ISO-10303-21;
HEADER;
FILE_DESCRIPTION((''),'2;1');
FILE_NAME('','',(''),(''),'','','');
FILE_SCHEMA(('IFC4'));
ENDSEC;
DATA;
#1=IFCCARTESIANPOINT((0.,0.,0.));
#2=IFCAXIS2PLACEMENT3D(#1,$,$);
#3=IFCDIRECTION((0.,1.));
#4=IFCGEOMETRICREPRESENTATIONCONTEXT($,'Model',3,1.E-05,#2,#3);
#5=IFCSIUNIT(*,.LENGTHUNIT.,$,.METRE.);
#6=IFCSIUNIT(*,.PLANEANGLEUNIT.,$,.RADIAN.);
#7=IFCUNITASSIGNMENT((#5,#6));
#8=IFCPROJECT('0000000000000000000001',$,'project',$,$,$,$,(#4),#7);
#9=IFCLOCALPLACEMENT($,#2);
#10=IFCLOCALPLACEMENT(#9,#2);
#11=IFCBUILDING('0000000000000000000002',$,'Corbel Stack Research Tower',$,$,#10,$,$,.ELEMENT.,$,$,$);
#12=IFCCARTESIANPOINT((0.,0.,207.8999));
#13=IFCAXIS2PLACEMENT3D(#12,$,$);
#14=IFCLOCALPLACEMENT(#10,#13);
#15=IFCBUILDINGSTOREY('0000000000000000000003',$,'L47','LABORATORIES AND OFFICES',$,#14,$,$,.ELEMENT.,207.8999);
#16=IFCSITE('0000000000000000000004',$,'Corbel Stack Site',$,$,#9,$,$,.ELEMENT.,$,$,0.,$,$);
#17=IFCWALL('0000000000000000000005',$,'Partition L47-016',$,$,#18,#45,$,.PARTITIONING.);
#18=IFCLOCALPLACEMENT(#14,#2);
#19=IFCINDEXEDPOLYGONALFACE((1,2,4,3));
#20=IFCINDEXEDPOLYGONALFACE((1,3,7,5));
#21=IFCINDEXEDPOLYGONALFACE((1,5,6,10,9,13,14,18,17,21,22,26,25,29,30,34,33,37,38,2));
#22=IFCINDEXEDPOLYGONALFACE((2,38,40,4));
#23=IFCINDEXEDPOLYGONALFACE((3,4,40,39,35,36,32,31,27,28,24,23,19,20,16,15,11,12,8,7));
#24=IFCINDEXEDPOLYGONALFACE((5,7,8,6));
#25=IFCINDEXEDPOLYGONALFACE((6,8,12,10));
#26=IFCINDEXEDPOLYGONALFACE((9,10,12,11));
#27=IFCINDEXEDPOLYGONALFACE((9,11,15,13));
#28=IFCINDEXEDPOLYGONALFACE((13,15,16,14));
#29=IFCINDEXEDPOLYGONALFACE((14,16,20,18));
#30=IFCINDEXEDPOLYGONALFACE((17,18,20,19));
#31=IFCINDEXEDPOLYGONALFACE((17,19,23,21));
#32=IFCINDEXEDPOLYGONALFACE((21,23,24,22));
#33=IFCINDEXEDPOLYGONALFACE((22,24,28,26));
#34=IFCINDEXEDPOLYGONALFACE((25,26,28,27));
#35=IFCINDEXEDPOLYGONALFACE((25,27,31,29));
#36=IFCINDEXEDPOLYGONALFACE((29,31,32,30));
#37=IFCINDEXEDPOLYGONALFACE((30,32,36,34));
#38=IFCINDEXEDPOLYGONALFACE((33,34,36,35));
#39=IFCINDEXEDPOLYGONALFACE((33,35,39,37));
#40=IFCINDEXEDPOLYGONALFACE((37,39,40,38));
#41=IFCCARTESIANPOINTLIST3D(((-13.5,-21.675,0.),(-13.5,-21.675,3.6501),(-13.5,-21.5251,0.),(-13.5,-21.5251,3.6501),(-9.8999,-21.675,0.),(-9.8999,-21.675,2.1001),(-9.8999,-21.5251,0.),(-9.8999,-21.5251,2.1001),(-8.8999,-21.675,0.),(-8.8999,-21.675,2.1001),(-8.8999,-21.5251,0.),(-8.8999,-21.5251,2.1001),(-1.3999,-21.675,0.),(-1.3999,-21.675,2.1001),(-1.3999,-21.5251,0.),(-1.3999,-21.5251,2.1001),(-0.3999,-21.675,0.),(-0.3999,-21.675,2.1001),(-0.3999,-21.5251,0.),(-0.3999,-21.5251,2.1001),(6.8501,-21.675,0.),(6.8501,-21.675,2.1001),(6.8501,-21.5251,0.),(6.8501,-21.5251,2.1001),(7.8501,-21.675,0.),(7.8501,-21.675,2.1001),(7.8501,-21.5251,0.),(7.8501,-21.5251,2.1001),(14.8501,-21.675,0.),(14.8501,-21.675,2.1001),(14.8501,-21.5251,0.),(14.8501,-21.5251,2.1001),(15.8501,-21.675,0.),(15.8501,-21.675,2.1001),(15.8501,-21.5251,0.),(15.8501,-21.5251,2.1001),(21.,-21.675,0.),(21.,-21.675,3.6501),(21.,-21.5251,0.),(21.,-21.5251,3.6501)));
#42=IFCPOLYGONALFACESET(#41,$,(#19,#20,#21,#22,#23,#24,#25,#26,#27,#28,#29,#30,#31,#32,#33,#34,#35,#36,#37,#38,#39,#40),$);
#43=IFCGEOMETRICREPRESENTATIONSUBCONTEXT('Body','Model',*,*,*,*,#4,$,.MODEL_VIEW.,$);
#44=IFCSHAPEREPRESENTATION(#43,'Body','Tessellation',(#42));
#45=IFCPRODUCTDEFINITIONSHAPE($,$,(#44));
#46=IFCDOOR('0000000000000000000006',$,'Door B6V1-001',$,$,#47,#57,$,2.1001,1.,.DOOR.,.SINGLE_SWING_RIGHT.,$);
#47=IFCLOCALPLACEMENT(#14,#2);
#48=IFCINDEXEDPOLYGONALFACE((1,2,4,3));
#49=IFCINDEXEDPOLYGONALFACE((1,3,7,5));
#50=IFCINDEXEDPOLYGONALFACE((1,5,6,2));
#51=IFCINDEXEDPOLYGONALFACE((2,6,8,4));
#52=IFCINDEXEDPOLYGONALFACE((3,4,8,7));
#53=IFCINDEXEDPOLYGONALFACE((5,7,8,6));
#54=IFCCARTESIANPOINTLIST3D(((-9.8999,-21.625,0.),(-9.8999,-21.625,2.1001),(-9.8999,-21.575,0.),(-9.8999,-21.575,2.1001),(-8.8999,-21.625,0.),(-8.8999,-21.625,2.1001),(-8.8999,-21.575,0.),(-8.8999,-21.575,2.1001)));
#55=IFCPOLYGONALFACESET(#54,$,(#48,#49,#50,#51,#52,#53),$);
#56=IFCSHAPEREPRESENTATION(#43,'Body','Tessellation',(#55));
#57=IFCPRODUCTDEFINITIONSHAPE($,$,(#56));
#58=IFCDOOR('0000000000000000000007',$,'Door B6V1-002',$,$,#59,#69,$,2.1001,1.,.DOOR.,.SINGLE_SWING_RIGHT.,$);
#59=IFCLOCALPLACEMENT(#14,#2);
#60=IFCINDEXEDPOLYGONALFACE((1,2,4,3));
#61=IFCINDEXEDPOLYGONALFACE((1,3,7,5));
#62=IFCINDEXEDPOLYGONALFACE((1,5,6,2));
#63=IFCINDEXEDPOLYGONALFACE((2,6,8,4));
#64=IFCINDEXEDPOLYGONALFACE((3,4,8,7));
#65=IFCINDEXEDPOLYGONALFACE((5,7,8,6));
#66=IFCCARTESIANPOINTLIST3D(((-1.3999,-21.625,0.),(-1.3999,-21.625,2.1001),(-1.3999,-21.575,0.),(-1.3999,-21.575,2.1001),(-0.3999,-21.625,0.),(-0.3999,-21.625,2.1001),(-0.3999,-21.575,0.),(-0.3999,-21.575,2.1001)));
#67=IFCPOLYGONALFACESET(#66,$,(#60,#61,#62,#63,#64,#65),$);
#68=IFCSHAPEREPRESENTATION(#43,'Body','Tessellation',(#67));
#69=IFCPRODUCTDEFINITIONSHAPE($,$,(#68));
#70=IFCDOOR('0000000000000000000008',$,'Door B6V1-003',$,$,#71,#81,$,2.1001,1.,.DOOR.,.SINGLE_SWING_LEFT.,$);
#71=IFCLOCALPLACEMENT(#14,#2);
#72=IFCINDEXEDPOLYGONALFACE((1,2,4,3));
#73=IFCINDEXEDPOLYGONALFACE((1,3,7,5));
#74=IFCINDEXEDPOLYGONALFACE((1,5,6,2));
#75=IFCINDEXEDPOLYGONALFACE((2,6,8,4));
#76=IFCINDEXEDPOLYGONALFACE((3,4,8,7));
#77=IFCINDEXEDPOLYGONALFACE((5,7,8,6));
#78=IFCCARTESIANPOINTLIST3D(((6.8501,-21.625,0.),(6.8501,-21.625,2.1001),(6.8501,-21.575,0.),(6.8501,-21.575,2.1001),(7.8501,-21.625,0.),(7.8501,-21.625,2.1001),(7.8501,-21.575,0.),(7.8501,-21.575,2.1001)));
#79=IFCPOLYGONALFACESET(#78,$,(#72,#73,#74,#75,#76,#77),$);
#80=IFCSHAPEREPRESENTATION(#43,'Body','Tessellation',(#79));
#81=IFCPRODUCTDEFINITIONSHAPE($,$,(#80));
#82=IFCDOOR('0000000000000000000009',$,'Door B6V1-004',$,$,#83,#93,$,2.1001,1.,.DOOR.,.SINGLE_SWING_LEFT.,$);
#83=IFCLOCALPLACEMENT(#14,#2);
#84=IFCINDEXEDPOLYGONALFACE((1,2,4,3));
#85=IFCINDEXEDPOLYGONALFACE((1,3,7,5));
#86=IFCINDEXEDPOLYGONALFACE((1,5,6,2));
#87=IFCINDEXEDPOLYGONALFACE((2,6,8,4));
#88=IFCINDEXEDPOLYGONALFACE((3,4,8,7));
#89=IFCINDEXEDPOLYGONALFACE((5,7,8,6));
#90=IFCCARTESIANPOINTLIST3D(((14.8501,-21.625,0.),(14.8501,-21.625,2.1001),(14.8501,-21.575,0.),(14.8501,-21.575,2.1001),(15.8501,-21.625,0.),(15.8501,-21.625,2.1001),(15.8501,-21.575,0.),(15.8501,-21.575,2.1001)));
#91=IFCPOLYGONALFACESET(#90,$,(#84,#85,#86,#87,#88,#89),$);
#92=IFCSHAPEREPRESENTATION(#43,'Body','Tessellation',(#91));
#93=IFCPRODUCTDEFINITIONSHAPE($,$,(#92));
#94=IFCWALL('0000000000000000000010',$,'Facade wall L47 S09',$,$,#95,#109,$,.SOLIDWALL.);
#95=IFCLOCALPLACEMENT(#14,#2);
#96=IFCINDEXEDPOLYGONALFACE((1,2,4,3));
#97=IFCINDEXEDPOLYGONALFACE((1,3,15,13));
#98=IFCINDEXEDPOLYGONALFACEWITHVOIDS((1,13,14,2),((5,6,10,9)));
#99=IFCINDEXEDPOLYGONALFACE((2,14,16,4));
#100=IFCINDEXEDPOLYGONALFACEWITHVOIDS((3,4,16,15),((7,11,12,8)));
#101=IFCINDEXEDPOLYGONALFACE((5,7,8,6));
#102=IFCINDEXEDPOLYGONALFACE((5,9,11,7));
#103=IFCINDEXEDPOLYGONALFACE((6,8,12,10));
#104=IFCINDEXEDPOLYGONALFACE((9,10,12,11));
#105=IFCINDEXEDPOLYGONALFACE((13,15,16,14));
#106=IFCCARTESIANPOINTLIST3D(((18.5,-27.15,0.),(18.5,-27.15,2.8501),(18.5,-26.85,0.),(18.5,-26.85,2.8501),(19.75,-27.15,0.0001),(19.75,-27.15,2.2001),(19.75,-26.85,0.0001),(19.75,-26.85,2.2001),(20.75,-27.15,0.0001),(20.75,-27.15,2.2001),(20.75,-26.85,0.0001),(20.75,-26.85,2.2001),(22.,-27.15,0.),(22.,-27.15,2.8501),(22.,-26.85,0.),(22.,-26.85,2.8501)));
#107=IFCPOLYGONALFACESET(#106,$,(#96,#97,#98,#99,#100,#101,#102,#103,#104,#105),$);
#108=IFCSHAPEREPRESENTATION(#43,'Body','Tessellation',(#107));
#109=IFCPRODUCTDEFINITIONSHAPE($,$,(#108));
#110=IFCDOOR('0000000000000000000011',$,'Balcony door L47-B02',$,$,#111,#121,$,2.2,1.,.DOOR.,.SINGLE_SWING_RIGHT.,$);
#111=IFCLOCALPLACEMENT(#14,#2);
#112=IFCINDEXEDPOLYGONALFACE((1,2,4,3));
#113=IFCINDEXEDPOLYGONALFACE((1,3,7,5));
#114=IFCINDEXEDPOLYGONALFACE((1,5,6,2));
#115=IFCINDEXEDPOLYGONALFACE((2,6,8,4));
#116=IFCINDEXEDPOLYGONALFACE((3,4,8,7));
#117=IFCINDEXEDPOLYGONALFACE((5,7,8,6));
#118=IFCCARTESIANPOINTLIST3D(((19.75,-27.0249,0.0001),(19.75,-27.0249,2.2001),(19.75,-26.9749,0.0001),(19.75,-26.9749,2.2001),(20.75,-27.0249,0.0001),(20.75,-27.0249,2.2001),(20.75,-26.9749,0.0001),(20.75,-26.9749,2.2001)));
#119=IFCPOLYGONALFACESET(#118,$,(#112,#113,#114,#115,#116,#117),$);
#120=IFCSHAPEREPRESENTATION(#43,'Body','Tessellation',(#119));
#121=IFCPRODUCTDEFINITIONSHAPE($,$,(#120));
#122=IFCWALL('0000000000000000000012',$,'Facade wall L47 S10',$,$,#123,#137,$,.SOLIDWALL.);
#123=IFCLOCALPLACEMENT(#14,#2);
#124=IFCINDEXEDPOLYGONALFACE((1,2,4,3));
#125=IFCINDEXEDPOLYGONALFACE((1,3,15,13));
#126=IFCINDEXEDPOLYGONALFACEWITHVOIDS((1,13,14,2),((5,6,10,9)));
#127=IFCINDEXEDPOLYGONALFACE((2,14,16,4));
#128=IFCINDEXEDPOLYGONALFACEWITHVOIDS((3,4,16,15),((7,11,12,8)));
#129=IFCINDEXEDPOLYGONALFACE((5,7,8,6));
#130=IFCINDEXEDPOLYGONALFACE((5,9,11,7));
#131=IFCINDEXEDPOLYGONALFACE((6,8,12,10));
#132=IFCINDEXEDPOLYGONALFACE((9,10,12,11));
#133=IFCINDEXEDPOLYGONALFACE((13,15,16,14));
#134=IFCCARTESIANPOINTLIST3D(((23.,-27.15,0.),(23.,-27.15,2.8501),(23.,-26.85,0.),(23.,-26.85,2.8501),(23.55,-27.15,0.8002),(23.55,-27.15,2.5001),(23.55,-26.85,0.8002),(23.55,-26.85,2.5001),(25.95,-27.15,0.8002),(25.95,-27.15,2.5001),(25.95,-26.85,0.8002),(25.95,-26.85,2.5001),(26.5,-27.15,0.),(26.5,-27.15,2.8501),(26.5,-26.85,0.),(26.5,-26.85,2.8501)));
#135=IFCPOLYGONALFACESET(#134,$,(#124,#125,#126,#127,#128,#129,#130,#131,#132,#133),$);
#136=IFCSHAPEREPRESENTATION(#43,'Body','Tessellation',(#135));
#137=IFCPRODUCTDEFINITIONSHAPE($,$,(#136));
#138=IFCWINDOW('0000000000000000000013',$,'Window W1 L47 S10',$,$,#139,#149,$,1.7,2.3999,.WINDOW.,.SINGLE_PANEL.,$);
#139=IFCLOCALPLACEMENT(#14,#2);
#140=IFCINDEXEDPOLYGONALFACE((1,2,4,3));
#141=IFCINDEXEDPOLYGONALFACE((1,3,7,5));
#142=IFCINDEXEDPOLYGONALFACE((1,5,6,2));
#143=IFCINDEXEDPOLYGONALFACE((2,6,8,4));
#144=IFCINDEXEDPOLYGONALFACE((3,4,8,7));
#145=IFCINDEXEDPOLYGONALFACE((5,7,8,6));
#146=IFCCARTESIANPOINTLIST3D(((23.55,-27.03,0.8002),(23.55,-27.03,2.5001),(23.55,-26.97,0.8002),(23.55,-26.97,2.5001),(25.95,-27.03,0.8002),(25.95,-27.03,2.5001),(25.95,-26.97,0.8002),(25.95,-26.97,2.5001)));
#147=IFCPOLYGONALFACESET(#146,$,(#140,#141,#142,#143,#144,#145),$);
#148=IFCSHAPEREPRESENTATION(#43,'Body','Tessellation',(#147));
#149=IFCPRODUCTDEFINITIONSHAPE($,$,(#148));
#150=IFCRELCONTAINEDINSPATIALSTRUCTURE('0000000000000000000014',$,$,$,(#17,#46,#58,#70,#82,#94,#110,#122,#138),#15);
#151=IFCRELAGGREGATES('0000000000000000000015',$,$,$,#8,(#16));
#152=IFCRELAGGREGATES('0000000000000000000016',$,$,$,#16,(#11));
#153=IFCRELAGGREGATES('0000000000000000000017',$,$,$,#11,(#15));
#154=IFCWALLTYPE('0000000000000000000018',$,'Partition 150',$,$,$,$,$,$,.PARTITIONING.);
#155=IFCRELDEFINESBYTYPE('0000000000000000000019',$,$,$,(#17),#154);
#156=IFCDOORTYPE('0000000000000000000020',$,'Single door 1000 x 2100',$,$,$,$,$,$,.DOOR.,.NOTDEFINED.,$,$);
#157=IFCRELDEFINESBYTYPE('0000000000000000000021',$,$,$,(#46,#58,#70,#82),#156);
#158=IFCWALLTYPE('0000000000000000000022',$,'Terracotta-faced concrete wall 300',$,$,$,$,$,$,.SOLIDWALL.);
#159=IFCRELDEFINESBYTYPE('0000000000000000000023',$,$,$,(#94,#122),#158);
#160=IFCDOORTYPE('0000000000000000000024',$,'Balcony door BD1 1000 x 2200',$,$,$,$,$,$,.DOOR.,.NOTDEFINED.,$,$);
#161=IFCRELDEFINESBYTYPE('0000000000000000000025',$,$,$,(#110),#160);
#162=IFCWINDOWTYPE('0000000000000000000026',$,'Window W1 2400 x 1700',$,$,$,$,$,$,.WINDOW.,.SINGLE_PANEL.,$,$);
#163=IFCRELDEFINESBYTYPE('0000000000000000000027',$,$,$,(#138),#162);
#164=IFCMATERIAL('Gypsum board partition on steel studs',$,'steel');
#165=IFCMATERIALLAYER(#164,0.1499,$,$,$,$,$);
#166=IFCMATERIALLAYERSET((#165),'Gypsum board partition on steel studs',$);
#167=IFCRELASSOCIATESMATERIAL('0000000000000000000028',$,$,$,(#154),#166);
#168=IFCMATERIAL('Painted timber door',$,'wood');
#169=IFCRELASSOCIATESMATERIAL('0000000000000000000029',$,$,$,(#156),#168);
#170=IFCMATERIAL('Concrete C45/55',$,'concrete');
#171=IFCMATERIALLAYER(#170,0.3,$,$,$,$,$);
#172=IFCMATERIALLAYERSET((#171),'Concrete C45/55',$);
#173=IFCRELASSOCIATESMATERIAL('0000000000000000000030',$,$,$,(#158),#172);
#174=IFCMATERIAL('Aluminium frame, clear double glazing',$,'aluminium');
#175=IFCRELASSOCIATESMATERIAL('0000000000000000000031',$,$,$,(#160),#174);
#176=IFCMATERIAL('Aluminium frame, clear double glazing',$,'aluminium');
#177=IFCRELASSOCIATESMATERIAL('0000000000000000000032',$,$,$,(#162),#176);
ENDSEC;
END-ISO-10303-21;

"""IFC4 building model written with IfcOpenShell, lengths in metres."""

from ifc_helpers import new_model, si_unit, direction, frame, frame_2d, origin, place, context, subcontext, project, spatial, rectangle, extrude, material, layer, layer_set, type_object, element, fill, save


model = new_model("IFC4")

# Units and contexts
model_context = context("Model", 3, precision=1e-05, world=origin(), true_north=direction((0.0, 1.0)))
body_context = subcontext(model_context, "Body", "Model", "MODEL_VIEW")
ifc_project = project(units=[si_unit("LENGTHUNIT", "METRE"), si_unit("PLANEANGLEUNIT", "RADIAN")], contexts=[model_context])

# Site, building, storey
site_placement = place(None, origin())
site = spatial("IfcSite", under=ifc_project, at=site_placement, Name="Corbel Stack Site", CompositionType="ELEMENT", RefElevation=0.0)
building_placement = place(site_placement, origin())
building = spatial("IfcBuilding", under=site, at=building_placement, Name="Corbel Stack Research Tower", CompositionType="ELEMENT")
storey_placement = place(building_placement, frame((0.0, 0.0, 207.8999)))
storey = spatial("IfcBuildingStorey", under=building, at=storey_placement, Name="L47", Description="LABORATORIES AND OFFICES", CompositionType="ELEMENT", Elevation=207.8999)

# Wall, openings, doors
ifc_material_1 = material(Name="Gypsum board partition on steel studs", Category="steel")
ifc_layer_1 = layer(ifc_material_1, 0.1499)
ifc_layer_set_1 = layer_set([ifc_layer_1], Name="Gypsum board partition on steel studs")
wall_type_1 = type_object("IfcWallType", Name="Partition 150", PredefinedType="PARTITIONING", material=ifc_layer_set_1)
wall_1_placement = place(storey_placement, frame((21.0, -21.6001, 0.0), z_axis=(0.0, 0.0, 1.0), x_axis=(-1.0, 0.0, 0.0)))
wall_1 = element("IfcWall", 1, at=wall_1_placement, inside=storey, type_object=wall_type_1, Name="Partition L47-016", PredefinedType="PARTITIONING", context=body_context, shape_type="SweptSolid", body=[
    extrude(rectangle(XDim=34.5, YDim=0.1499, at=frame_2d((17.25, 0.0))), origin(), (0.0, 0.0, 1.0), 3.6501),
])
opening_1_placement = place(wall_1_placement, frame((29.8999, 0.0, 0.0)))
opening_1 = element("IfcOpeningElement", 2, at=opening_1_placement, cuts=wall_1, PredefinedType="OPENING", context=body_context, shape_type="SweptSolid", body=[
    extrude(rectangle(XDim=1.0, YDim=2.1001, at=frame_2d((0.5, 1.05))), frame((0.0, 0.085, 0.0), z_axis=(0.0, -1.0, 0.0), x_axis=(1.0, 0.0, 0.0)), (0.0, 0.0, 1.0), 0.1699),
])
opening_2_placement = place(wall_1_placement, frame((21.3999, 0.0, 0.0)))
opening_2 = element("IfcOpeningElement", 3, at=opening_2_placement, cuts=wall_1, PredefinedType="OPENING", context=body_context, shape_type="SweptSolid", body=[
    extrude(rectangle(XDim=1.0, YDim=2.1001, at=frame_2d((0.5, 1.05))), frame((0.0, 0.085, 0.0), z_axis=(0.0, -1.0, 0.0), x_axis=(1.0, 0.0, 0.0)), (0.0, 0.0, 1.0), 0.1699),
])
opening_3_placement = place(wall_1_placement, frame((13.1499, 0.0, 0.0)))
opening_3 = element("IfcOpeningElement", 4, at=opening_3_placement, cuts=wall_1, PredefinedType="OPENING", context=body_context, shape_type="SweptSolid", body=[
    extrude(rectangle(XDim=1.0, YDim=2.1001, at=frame_2d((0.5, 1.05))), frame((0.0, 0.085, 0.0), z_axis=(0.0, -1.0, 0.0), x_axis=(1.0, 0.0, 0.0)), (0.0, 0.0, 1.0), 0.1699),
])
opening_4_placement = place(wall_1_placement, frame((5.1499, 0.0, 0.0)))
opening_4 = element("IfcOpeningElement", 5, at=opening_4_placement, cuts=wall_1, PredefinedType="OPENING", context=body_context, shape_type="SweptSolid", body=[
    extrude(rectangle(XDim=1.0, YDim=2.1001, at=frame_2d((0.5, 1.05))), frame((0.0, 0.085, 0.0), z_axis=(0.0, -1.0, 0.0), x_axis=(1.0, 0.0, 0.0)), (0.0, 0.0, 1.0), 0.1699),
])
ifc_material_2 = material(Name="Painted timber door", Category="wood")
door_type_1 = type_object("IfcDoorType", Name="Single door 1000 x 2100", OperationType="NOTDEFINED", PredefinedType="DOOR", material=ifc_material_2)
door_1_placement = place(opening_1_placement, origin())
door_1 = element("IfcDoor", 6, at=door_1_placement, inside=storey, type_object=door_type_1, Name="Door B6V1-001", OperationType="SINGLE_SWING_RIGHT", OverallHeight=2.1001, OverallWidth=1.0, PredefinedType="DOOR", context=body_context, shape_type="SweptSolid", body=[
    extrude(rectangle(XDim=1.0, YDim=2.1001, at=frame_2d((0.5, 1.05))), frame((0.0, 0.0249, 0.0), z_axis=(0.0, -1.0, 0.0), x_axis=(1.0, 0.0, 0.0)), (0.0, 0.0, 1.0), 0.05),
])
fill(opening_1, door_1)
door_2_placement = place(opening_2_placement, origin())
door_2 = element("IfcDoor", 7, at=door_2_placement, inside=storey, type_object=door_type_1, Name="Door B6V1-002", OperationType="SINGLE_SWING_RIGHT", OverallHeight=2.1001, OverallWidth=1.0, PredefinedType="DOOR", context=body_context, shape_type="SweptSolid", body=[
    extrude(rectangle(XDim=1.0, YDim=2.1001, at=frame_2d((0.5, 1.05))), frame((0.0, 0.0249, 0.0), z_axis=(0.0, -1.0, 0.0), x_axis=(1.0, 0.0, 0.0)), (0.0, 0.0, 1.0), 0.05),
])
fill(opening_2, door_2)
door_3_placement = place(opening_3_placement, origin())
door_3 = element("IfcDoor", 8, at=door_3_placement, inside=storey, type_object=door_type_1, Name="Door B6V1-003", OperationType="SINGLE_SWING_LEFT", OverallHeight=2.1001, OverallWidth=1.0, PredefinedType="DOOR", context=body_context, shape_type="SweptSolid", body=[
    extrude(rectangle(XDim=1.0, YDim=2.1001, at=frame_2d((0.5, 1.05))), frame((0.0, 0.0249, 0.0), z_axis=(0.0, -1.0, 0.0), x_axis=(1.0, 0.0, 0.0)), (0.0, 0.0, 1.0), 0.05),
])
fill(opening_3, door_3)
door_4_placement = place(opening_4_placement, origin())
door_4 = element("IfcDoor", 9, at=door_4_placement, inside=storey, type_object=door_type_1, Name="Door B6V1-004", OperationType="SINGLE_SWING_LEFT", OverallHeight=2.1001, OverallWidth=1.0, PredefinedType="DOOR", context=body_context, shape_type="SweptSolid", body=[
    extrude(rectangle(XDim=1.0, YDim=2.1001, at=frame_2d((0.5, 1.05))), frame((0.0, 0.0249, 0.0), z_axis=(0.0, -1.0, 0.0), x_axis=(1.0, 0.0, 0.0)), (0.0, 0.0, 1.0), 0.05),
])
fill(opening_4, door_4)

# Wall, opening, door
ifc_material_3 = material(Name="Concrete C45/55", Category="concrete")
ifc_layer_2 = layer(ifc_material_3, 0.3)
ifc_layer_set_2 = layer_set([ifc_layer_2], Name="Concrete C45/55")
wall_type_2 = type_object("IfcWallType", Name="Terracotta-faced concrete wall 300", PredefinedType="SOLIDWALL", material=ifc_layer_set_2)
wall_2_placement = place(storey_placement, frame((22.0, -27.0, 0.0), z_axis=(0.0, 0.0, 1.0), x_axis=(-1.0, 0.0, 0.0)))
wall_2 = element("IfcWall", 10, at=wall_2_placement, inside=storey, type_object=wall_type_2, Name="Facade wall L47 S09", PredefinedType="SOLIDWALL", context=body_context, shape_type="SweptSolid", body=[
    extrude(rectangle(XDim=3.5, YDim=0.3, at=frame_2d((1.75, 0.0))), origin(), (0.0, 0.0, 1.0), 2.8501),
])
opening_5_placement = place(wall_2_placement, frame((1.25, 0.0, 0.0)))
opening_5 = element("IfcOpeningElement", 11, at=opening_5_placement, cuts=wall_2, PredefinedType="OPENING", context=body_context, shape_type="SweptSolid", body=[
    extrude(rectangle(XDim=1.0, YDim=2.2, at=frame_2d((0.5, 1.1001))), frame((0.0, 0.1599, 0.0), z_axis=(0.0, -1.0, 0.0), x_axis=(1.0, 0.0, 0.0)), (0.0, 0.0, 1.0), 0.3201),
])
ifc_material_4 = material(Name="Aluminium frame, clear double glazing", Category="aluminium")
door_type_2 = type_object("IfcDoorType", Name="Balcony door BD1 1000 x 2200", OperationType="NOTDEFINED", PredefinedType="DOOR", material=ifc_material_4)
door_5_placement = place(opening_5_placement, origin())
door_5 = element("IfcDoor", 12, at=door_5_placement, inside=storey, type_object=door_type_2, Name="Balcony door L47-B02", OperationType="SINGLE_SWING_RIGHT", OverallHeight=2.2, OverallWidth=1.0, PredefinedType="DOOR", context=body_context, shape_type="SweptSolid", body=[
    extrude(rectangle(XDim=1.0, YDim=2.2, at=frame_2d((0.5, 1.1001))), frame((0.0, 0.0249, 0.0), z_axis=(0.0, -1.0, 0.0), x_axis=(1.0, 0.0, 0.0)), (0.0, 0.0, 1.0), 0.05),
])
fill(opening_5, door_5)

# Wall, opening, window
wall_3_placement = place(storey_placement, frame((26.5, -27.0, 0.0), z_axis=(0.0, 0.0, 1.0), x_axis=(-1.0, 0.0, 0.0)))
wall_3 = element("IfcWall", 13, at=wall_3_placement, inside=storey, type_object=wall_type_2, Name="Facade wall L47 S10", PredefinedType="SOLIDWALL", context=body_context, shape_type="SweptSolid", body=[
    extrude(rectangle(XDim=3.5, YDim=0.3, at=frame_2d((1.75, 0.0))), origin(), (0.0, 0.0, 1.0), 2.8501),
])
opening_6_placement = place(wall_3_placement, frame((0.55, 0.0, 0.8)))
opening_6 = element("IfcOpeningElement", 14, at=opening_6_placement, cuts=wall_3, PredefinedType="OPENING", context=body_context, shape_type="SweptSolid", body=[
    extrude(rectangle(XDim=2.3999, YDim=1.7, at=frame_2d((1.2, 0.8501))), frame((0.0, 0.1599, 0.0), z_axis=(0.0, -1.0, 0.0), x_axis=(1.0, 0.0, 0.0)), (0.0, 0.0, 1.0), 0.3201),
])
ifc_material_5 = material(Name="Aluminium frame, clear double glazing", Category="aluminium")
window_type = type_object("IfcWindowType", Name="Window W1 2400 x 1700", PartitioningType="SINGLE_PANEL", PredefinedType="WINDOW", material=ifc_material_5)
window_1_placement = place(opening_6_placement, origin())
window_1 = element("IfcWindow", 15, at=window_1_placement, inside=storey, type_object=window_type, Name="Window W1 L47 S10", OverallHeight=1.7, OverallWidth=2.3999, PartitioningType="SINGLE_PANEL", PredefinedType="WINDOW", context=body_context, shape_type="SweptSolid", body=[
    extrude(rectangle(XDim=2.3999, YDim=1.7, at=frame_2d((1.2, 0.8501))), frame((0.0, 0.03, 0.0), z_axis=(0.0, -1.0, 0.0), x_axis=(1.0, 0.0, 0.0)), (0.0, 0.0, 1.0), 0.0601),
])
fill(opening_6, window_1)

save(model, "model.ifc")
